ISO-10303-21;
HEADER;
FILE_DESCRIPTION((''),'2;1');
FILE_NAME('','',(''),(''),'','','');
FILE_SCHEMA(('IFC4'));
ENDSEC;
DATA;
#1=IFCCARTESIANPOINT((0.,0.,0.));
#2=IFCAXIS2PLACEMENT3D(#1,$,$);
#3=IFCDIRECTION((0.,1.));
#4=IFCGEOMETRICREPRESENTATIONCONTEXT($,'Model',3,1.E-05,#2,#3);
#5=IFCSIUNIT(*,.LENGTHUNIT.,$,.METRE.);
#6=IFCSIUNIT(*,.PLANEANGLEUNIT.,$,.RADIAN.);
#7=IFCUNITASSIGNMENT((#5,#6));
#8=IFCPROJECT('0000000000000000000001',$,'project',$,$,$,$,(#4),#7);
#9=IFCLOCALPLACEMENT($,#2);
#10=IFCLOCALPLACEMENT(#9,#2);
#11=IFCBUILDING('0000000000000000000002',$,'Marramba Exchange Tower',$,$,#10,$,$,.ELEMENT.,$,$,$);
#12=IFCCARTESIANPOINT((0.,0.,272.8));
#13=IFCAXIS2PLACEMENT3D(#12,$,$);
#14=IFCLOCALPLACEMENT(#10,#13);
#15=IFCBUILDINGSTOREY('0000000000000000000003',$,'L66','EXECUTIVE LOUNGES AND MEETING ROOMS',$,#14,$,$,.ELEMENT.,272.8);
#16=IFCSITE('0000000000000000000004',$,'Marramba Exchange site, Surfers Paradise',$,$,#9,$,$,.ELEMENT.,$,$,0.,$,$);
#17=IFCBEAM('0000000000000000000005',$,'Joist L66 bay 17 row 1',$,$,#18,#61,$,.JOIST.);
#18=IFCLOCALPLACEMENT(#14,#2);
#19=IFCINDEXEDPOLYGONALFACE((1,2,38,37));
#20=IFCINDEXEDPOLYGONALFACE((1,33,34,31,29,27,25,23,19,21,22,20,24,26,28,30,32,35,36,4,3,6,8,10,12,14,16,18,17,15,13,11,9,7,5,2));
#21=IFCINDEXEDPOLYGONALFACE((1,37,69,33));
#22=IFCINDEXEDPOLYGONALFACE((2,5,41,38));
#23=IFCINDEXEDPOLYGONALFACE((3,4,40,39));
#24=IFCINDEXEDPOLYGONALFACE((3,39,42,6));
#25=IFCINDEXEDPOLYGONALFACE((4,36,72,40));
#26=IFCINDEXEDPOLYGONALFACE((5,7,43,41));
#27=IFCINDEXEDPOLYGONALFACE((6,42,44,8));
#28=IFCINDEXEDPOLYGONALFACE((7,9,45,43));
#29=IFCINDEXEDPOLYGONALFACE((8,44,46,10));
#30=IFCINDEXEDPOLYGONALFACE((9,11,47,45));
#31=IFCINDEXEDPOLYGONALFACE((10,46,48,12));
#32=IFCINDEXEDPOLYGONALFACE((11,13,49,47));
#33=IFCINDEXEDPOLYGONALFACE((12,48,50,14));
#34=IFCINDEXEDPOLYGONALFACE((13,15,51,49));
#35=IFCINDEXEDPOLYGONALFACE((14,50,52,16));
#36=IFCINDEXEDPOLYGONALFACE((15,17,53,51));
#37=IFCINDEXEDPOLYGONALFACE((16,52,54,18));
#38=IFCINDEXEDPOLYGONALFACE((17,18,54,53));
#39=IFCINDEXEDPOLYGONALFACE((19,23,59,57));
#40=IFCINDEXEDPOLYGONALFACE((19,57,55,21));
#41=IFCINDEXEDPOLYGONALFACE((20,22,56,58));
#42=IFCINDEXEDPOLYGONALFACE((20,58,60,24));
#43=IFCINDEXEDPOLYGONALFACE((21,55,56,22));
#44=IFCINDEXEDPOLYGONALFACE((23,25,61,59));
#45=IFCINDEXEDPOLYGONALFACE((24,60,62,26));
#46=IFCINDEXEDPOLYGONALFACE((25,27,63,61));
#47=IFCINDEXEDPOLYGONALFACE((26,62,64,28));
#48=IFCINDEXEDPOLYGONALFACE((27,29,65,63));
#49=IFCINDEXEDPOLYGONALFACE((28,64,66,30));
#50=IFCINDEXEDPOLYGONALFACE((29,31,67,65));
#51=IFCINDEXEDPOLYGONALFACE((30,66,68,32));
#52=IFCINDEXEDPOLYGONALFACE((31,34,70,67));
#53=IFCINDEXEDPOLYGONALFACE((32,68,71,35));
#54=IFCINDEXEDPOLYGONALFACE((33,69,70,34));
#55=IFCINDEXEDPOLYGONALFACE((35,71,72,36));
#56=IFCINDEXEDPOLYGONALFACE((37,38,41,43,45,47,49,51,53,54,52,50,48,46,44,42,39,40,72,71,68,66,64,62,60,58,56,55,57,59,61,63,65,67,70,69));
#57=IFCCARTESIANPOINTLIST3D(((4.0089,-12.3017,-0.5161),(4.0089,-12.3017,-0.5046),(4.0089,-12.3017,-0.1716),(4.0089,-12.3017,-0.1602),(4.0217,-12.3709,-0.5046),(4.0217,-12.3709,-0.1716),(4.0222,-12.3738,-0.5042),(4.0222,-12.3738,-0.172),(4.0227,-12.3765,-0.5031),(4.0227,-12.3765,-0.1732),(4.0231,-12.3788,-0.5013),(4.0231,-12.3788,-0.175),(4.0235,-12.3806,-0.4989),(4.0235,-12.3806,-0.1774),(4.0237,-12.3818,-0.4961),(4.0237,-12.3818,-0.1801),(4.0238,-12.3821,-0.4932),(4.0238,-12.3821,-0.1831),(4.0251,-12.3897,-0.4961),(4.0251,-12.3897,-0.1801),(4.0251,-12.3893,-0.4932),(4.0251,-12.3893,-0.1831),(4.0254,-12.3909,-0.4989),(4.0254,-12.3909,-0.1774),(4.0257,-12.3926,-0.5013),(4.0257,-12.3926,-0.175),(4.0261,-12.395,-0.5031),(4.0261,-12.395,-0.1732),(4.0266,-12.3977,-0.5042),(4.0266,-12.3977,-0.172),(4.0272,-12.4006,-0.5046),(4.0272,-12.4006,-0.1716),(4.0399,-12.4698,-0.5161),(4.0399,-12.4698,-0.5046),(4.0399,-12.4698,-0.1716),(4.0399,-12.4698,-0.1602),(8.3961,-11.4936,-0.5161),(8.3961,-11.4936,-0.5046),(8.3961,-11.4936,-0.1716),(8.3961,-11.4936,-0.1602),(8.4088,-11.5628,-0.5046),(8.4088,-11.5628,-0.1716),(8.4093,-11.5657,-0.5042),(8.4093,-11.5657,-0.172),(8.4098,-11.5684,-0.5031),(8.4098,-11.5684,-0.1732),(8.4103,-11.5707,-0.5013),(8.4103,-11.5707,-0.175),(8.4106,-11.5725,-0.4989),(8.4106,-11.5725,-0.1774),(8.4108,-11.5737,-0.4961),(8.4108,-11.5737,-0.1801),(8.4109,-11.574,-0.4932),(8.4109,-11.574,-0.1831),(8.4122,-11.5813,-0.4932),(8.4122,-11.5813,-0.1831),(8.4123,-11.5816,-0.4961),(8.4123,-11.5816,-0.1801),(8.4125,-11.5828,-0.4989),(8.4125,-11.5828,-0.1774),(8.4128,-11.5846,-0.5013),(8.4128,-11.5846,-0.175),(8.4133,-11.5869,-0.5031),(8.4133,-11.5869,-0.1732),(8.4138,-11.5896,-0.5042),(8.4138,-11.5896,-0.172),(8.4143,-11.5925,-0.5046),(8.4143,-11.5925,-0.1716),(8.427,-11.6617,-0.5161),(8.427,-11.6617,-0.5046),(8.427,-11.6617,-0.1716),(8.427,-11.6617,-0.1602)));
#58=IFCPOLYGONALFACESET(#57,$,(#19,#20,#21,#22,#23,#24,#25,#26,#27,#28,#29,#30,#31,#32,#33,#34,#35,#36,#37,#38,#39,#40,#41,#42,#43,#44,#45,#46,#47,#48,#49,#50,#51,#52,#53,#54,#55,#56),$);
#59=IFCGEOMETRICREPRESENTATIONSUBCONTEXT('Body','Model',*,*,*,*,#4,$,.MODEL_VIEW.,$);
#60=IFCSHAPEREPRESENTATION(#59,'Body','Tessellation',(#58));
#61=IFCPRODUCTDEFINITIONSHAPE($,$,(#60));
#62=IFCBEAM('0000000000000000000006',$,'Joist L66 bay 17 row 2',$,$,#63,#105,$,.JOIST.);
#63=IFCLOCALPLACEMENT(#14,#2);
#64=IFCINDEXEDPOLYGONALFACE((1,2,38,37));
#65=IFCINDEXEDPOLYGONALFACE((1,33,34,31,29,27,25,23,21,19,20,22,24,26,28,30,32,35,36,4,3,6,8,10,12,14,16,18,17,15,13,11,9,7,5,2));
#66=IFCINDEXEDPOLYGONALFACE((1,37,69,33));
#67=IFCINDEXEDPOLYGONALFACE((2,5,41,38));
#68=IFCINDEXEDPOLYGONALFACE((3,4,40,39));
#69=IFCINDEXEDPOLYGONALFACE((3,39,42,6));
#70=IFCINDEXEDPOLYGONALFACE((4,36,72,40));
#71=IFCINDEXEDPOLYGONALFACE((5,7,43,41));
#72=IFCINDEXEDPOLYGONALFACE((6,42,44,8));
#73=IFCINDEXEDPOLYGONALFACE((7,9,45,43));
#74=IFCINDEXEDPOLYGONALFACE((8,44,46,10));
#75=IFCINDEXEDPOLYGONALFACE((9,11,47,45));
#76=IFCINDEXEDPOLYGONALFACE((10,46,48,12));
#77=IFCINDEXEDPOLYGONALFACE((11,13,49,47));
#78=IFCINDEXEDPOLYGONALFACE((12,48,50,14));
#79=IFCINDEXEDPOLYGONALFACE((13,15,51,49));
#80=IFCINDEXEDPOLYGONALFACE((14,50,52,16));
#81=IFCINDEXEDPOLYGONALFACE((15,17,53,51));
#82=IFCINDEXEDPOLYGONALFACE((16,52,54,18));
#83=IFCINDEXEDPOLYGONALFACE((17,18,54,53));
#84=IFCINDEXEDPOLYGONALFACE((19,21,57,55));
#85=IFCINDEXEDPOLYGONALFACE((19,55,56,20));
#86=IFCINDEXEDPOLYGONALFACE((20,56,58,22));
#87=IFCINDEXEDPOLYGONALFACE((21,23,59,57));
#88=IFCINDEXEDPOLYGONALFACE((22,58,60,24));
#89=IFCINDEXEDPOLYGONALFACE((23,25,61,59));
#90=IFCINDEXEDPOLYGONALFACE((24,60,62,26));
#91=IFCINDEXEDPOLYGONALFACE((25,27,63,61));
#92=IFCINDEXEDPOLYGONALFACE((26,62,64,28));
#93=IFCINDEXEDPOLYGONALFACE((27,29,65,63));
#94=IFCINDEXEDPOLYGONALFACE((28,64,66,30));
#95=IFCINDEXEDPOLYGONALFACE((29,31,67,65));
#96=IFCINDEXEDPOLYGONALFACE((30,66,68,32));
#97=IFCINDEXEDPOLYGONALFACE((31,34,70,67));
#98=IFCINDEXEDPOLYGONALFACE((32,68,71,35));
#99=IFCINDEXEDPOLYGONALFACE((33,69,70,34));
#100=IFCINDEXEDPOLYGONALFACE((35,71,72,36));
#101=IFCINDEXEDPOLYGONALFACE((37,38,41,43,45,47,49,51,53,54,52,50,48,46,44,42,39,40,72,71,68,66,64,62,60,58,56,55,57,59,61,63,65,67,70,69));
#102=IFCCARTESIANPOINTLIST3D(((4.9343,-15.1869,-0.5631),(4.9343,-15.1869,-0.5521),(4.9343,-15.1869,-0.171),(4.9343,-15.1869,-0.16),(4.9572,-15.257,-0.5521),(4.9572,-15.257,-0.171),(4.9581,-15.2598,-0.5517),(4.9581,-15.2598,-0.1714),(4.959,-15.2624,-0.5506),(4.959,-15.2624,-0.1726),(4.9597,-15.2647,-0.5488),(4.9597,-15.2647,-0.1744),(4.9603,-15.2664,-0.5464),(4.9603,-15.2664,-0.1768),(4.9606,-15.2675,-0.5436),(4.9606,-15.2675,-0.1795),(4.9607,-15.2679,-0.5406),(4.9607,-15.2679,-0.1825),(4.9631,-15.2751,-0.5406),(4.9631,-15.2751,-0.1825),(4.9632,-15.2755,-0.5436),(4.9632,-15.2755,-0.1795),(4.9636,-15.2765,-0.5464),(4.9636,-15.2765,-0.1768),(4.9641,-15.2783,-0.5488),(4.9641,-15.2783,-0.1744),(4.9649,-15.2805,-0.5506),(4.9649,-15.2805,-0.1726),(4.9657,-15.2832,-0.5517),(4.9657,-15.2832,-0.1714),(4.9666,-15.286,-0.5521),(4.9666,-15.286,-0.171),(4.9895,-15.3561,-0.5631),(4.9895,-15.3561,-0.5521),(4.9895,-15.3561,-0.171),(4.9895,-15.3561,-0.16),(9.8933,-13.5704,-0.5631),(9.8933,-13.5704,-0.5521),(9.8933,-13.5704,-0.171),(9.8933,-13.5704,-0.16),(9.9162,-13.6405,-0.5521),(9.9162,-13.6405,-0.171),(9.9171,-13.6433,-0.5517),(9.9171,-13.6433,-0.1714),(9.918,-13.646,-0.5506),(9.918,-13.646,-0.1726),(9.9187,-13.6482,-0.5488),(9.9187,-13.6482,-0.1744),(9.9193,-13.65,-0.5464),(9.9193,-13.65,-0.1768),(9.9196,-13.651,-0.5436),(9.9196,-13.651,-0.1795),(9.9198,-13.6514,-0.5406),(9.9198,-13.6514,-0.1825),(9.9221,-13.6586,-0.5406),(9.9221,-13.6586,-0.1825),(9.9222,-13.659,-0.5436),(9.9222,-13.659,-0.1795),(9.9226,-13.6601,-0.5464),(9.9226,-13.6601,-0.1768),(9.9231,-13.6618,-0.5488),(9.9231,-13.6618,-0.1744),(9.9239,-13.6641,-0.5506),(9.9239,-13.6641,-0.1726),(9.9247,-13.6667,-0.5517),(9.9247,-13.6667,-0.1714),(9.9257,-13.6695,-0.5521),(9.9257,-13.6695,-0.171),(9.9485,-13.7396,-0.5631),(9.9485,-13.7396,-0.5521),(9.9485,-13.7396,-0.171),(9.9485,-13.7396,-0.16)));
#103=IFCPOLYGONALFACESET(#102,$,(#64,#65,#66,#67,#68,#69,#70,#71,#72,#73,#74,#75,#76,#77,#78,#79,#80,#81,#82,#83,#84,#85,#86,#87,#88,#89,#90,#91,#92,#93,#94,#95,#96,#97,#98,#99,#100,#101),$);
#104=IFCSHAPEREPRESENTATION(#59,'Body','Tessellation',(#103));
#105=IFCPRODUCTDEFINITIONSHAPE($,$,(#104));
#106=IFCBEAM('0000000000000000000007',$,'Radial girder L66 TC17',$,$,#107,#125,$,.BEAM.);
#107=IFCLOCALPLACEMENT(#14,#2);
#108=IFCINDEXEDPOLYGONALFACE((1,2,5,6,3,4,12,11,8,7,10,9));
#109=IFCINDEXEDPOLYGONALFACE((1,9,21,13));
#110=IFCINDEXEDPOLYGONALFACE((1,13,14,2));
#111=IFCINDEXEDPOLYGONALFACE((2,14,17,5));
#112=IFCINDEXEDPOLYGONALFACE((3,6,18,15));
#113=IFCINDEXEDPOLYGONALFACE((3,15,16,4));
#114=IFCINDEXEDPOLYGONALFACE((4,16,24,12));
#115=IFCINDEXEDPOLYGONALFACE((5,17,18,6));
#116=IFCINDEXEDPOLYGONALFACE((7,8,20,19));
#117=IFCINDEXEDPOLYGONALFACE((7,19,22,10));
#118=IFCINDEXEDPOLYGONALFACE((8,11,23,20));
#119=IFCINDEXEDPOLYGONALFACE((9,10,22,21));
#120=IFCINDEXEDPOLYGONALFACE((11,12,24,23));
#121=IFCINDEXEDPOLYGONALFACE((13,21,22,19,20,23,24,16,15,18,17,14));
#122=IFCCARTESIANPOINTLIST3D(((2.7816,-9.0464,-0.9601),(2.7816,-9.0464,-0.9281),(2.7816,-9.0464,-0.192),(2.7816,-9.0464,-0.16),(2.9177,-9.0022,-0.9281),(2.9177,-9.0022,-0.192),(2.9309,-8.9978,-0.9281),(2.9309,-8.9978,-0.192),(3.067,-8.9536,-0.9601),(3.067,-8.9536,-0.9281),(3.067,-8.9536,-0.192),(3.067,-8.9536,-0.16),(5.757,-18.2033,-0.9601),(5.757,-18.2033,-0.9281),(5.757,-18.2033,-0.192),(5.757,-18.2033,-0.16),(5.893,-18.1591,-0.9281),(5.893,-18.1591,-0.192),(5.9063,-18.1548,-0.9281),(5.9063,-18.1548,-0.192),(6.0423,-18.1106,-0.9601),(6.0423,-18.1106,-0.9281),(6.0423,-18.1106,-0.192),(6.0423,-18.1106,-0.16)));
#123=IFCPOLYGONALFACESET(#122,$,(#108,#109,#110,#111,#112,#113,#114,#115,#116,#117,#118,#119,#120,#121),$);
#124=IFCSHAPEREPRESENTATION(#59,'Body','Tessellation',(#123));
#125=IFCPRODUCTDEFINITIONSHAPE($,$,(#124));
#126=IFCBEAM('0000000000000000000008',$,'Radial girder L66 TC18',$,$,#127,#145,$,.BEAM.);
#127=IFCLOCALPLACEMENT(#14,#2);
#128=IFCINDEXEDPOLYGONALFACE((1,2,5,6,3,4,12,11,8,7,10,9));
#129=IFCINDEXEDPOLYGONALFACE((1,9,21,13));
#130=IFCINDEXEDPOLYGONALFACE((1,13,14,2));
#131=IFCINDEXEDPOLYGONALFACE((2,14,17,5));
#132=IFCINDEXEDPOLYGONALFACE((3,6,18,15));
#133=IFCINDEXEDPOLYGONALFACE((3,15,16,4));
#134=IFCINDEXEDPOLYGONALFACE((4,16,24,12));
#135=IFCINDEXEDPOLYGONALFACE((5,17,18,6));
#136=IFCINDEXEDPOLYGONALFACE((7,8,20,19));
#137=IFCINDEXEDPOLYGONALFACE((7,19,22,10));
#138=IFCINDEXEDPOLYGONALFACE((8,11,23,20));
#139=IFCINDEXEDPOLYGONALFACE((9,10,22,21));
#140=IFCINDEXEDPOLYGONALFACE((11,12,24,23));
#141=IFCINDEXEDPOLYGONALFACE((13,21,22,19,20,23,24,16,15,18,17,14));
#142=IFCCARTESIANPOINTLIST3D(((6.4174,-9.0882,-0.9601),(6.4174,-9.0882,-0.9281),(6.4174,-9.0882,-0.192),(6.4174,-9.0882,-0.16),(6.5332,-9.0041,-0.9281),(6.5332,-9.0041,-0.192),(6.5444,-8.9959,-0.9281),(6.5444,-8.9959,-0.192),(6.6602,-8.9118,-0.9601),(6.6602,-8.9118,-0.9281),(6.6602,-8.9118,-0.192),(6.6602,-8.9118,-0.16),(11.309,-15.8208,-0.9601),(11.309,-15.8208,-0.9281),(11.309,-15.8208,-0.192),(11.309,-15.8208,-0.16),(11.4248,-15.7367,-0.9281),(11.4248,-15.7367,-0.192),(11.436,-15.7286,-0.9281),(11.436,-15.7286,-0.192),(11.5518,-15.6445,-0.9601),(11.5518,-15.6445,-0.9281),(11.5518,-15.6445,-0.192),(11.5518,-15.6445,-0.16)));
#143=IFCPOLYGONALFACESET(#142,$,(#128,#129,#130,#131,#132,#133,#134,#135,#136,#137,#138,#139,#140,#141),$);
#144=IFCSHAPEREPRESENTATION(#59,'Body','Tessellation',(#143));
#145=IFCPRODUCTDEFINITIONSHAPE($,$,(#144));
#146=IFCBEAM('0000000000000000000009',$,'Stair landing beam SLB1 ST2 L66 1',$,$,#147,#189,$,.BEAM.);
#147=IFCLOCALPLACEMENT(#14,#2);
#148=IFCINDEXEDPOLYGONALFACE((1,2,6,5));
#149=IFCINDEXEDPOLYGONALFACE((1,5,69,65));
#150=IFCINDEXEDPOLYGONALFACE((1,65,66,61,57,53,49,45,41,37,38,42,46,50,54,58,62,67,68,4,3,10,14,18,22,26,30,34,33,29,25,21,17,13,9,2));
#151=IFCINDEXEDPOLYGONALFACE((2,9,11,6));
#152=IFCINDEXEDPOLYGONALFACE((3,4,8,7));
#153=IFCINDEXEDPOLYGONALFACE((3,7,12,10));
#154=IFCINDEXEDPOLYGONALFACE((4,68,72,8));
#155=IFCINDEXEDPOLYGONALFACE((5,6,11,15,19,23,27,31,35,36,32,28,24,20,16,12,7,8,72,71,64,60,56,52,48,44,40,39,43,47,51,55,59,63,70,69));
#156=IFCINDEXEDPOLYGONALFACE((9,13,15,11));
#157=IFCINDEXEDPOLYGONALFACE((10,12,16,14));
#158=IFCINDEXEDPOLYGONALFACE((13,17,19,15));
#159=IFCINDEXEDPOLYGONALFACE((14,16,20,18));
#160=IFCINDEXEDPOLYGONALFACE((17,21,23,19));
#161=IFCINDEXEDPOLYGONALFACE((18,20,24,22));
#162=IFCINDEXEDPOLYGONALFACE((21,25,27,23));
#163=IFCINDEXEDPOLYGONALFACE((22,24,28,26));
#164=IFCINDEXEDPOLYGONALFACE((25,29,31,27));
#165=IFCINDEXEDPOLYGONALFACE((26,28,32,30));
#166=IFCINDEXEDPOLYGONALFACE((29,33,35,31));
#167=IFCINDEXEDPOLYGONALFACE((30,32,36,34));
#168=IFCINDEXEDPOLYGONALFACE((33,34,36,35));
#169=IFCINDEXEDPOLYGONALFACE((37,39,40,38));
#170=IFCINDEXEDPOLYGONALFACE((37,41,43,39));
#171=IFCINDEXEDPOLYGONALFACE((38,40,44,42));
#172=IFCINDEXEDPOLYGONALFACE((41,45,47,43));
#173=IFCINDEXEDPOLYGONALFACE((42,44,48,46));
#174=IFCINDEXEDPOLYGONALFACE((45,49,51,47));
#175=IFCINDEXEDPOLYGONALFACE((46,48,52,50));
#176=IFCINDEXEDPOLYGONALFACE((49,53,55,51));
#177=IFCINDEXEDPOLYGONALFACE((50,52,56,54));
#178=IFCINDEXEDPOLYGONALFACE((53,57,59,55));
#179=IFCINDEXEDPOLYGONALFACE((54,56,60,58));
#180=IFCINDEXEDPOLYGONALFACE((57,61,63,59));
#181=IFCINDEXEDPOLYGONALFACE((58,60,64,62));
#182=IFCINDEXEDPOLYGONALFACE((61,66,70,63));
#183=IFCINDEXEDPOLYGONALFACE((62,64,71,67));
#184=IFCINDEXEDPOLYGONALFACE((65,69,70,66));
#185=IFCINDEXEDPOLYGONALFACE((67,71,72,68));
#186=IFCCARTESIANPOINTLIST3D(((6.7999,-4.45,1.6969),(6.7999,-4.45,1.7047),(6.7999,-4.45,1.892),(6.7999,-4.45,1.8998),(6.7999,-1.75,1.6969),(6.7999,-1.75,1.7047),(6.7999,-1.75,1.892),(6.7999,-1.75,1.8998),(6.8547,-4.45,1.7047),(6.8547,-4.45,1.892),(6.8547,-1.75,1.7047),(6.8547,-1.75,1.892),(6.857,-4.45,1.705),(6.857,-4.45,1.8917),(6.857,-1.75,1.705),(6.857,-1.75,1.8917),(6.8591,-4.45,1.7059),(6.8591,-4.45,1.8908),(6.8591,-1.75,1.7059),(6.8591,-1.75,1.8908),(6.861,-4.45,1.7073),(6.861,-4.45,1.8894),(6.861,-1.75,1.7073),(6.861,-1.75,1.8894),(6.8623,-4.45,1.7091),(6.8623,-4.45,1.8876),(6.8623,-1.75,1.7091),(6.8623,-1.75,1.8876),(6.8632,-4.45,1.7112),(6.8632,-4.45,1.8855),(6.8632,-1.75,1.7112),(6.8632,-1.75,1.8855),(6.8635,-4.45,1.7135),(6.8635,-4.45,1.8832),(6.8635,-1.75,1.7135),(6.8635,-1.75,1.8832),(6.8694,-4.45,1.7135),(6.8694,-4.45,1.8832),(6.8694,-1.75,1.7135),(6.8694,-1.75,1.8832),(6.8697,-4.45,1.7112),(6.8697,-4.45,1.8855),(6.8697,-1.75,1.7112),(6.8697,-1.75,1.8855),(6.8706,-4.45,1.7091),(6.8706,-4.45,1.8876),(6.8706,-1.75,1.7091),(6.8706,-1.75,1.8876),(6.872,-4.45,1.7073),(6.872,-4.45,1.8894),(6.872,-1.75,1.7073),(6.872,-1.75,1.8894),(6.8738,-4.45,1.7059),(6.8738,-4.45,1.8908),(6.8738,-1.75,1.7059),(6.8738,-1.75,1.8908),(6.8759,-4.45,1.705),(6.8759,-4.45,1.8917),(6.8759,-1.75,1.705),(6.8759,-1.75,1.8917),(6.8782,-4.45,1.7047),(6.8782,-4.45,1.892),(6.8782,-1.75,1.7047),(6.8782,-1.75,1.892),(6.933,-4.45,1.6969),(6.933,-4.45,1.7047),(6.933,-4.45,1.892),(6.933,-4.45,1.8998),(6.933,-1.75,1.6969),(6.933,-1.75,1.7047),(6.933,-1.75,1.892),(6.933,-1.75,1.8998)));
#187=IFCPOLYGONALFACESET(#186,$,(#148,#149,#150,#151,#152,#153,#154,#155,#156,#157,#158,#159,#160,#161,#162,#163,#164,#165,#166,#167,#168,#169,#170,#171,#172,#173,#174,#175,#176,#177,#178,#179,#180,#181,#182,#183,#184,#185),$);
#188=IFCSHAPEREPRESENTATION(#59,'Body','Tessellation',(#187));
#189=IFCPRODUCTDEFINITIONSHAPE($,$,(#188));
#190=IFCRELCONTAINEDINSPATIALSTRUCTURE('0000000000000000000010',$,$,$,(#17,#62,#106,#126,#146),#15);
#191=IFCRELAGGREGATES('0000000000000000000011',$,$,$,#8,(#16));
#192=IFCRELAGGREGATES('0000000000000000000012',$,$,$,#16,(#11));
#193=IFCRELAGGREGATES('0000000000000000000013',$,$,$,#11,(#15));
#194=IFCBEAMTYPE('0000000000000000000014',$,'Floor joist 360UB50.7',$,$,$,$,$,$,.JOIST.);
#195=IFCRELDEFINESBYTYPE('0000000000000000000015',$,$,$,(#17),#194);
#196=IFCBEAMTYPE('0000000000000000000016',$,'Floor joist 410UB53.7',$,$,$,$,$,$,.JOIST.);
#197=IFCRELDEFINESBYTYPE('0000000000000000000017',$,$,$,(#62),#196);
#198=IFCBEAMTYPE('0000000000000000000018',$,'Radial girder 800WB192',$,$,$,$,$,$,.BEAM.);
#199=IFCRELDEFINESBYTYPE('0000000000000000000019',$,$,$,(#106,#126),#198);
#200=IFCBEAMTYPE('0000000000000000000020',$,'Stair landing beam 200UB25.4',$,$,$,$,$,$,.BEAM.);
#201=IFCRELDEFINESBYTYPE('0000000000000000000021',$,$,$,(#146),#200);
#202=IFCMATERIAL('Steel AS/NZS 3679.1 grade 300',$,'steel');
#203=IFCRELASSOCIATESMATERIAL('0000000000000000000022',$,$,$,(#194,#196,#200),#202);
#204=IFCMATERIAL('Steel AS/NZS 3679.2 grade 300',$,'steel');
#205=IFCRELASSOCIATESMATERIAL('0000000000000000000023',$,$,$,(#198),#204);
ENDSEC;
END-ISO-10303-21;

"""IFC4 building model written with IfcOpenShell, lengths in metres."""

from ifc_helpers import new_model, si_unit, direction, frame, origin, origin_2d, place, context, subcontext, project, spatial, i_section, extrude, material, material_profile, profile_set, type_object, element, save


model = new_model("IFC4")

# Units and contexts
model_context = context("Model", 3, precision=1e-05, world=origin(), true_north=direction((0.0, 1.0)))
body_context = subcontext(model_context, "Body", "Model", "MODEL_VIEW")
ifc_project = project(units=[si_unit("LENGTHUNIT", "METRE"), si_unit("PLANEANGLEUNIT", "RADIAN")], contexts=[model_context])

# Site, building, storey
site_placement = place(None, origin())
site = spatial("IfcSite", under=ifc_project, at=site_placement, Name="Marramba Exchange site, Surfers Paradise", CompositionType="ELEMENT", RefElevation=0.0)
building_placement = place(site_placement, origin())
building = spatial("IfcBuilding", under=site, at=building_placement, Name="Marramba Exchange Tower", CompositionType="ELEMENT")
storey_placement = place(building_placement, frame((0.0, 0.0, 272.8)))
storey = spatial("IfcBuildingStorey", under=building, at=storey_placement, Name="L66", Description="EXECUTIVE LOUNGES AND MEETING ROOMS", CompositionType="ELEMENT", Elevation=272.8)

# Beams
ifc_material_1 = material(Name="Steel AS/NZS 3679.1 grade 300", Category="steel")
ifc_material_profile_1 = material_profile(ifc_material_1, i_section(OverallWidth=0.1709, OverallDepth=0.356, WebThickness=0.0073, FlangeThickness=0.0115, FilletRadius=0.0115, at=origin_2d()), Name="360UB50.7")
ifc_profile_set_1 = profile_set([ifc_material_profile_1], Name="Steel AS/NZS 3679.1 grade 300")
beam_type_1 = type_object("IfcBeamType", Name="Floor joist 360UB50.7", PredefinedType="JOIST", material=ifc_profile_set_1)
beam_1_placement = place(storey_placement, frame((4.0244, -12.3857, -0.3381), z_axis=(0.983456, 0.181149, 0.0), x_axis=(-0.181149, 0.983456, 0.0)))
element("IfcBeam", 1, at=beam_1_placement, inside=storey, type_object=beam_type_1, Name="Joist L66 bay 17 row 1", PredefinedType="JOIST", context=body_context, shape_type="SweptSolid", body=[
    extrude(i_section(OverallWidth=0.1709, OverallDepth=0.356, WebThickness=0.0073, FlangeThickness=0.0115, FilletRadius=0.0115, at=origin_2d()), origin(), (0.0, 0.0, 1.0), 4.4609),
])
ifc_material_profile_2 = material_profile(ifc_material_1, i_section(OverallWidth=0.178, OverallDepth=0.4031, WebThickness=0.0076, FlangeThickness=0.011, FilletRadius=0.0115, at=origin_2d()), Name="410UB53.7")
ifc_profile_set_2 = profile_set([ifc_material_profile_2], Name="Steel AS/NZS 3679.1 grade 300")
beam_type_2 = type_object("IfcBeamType", Name="Floor joist 410UB53.7", PredefinedType="JOIST", material=ifc_profile_set_2)
beam_2_placement = place(storey_placement, frame((4.9619, -15.2715, -0.3616), z_axis=(0.950764, 0.309916, 0.0), x_axis=(-0.309916, 0.950764, 0.0)))
element("IfcBeam", 2, at=beam_2_placement, inside=storey, type_object=beam_type_2, Name="Joist L66 bay 17 row 2", PredefinedType="JOIST", context=body_context, shape_type="SweptSolid", body=[
    extrude(i_section(OverallWidth=0.178, OverallDepth=0.4031, WebThickness=0.0076, FlangeThickness=0.011, FilletRadius=0.0115, at=origin_2d()), origin(), (0.0, 0.0, 1.0), 5.2158),
])
ifc_material_2 = material(Name="Steel AS/NZS 3679.2 grade 300", Category="steel")
ifc_material_profile_3 = material_profile(ifc_material_2, i_section(OverallWidth=0.3, OverallDepth=0.8, WebThickness=0.0139, FlangeThickness=0.032, at=origin_2d()), Name="800WB192")
ifc_profile_set_3 = profile_set([ifc_material_profile_3], Name="Steel AS/NZS 3679.2 grade 300")
beam_type_3 = type_object("IfcBeamType", Name="Radial girder 800WB192", PredefinedType="BEAM", material=ifc_profile_set_3)
beam_3_placement = place(storey_placement, frame((2.9243, -9.0, -0.5601), z_axis=(0.309022, -0.951055, 0.0), x_axis=(0.951055, 0.309022, 0.0)))
element("IfcBeam", 3, at=beam_3_placement, inside=storey, type_object=beam_type_3, Name="Radial girder L66 TC17", PredefinedType="BEAM", context=body_context, shape_type="SweptSolid", body=[
    extrude(i_section(OverallWidth=0.3, OverallDepth=0.8, WebThickness=0.0139, FlangeThickness=0.032, at=origin_2d()), origin(), (0.0, 0.0, 1.0), 9.6282),
])
beam_4_placement = place(storey_placement, frame((6.5388, -9.0, -0.5601), z_axis=(0.587788, -0.809015, 0.0), x_axis=(0.809015, 0.587788, 0.0)))
element("IfcBeam", 4, at=beam_4_placement, inside=storey, type_object=beam_type_3, Name="Radial girder L66 TC18", PredefinedType="BEAM", context=body_context, shape_type="SweptSolid", body=[
    extrude(i_section(OverallWidth=0.3, OverallDepth=0.8, WebThickness=0.0139, FlangeThickness=0.032, at=origin_2d()), origin(), (0.0, 0.0, 1.0), 8.322),
])
ifc_material_profile_4 = material_profile(ifc_material_1, i_section(OverallWidth=0.1331, OverallDepth=0.2029, WebThickness=0.0059, FlangeThickness=0.0078, FilletRadius=0.0088, at=origin_2d()), Name="200UB25.4")
ifc_profile_set_4 = profile_set([ifc_material_profile_4], Name="Steel AS/NZS 3679.1 grade 300")
beam_type_4 = type_object("IfcBeamType", Name="Stair landing beam 200UB25.4", PredefinedType="BEAM", material=ifc_profile_set_4)
for number, where, z_axis, x_axis, name in (
    (5, (6.8665, -4.45, 1.7983), (0.0, 1.0, 0.0), (-1.0, 0.0, 0.0), "Stair landing beam SLB1 ST2 L66 1"),
):
    element("IfcBeam", number, at=place(storey_placement, frame(where, z_axis=z_axis, x_axis=x_axis)), inside=storey, type_object=beam_type_4, Name=name, PredefinedType="BEAM", context=body_context, shape_type="SweptSolid", body=[
        extrude(i_section(OverallWidth=0.1331, OverallDepth=0.2029, WebThickness=0.0059, FlangeThickness=0.0078, FilletRadius=0.0088, at=origin_2d()), origin(), (0.0, 0.0, 1.0), 2.7),
    ])

save(model, "model.ifc")
